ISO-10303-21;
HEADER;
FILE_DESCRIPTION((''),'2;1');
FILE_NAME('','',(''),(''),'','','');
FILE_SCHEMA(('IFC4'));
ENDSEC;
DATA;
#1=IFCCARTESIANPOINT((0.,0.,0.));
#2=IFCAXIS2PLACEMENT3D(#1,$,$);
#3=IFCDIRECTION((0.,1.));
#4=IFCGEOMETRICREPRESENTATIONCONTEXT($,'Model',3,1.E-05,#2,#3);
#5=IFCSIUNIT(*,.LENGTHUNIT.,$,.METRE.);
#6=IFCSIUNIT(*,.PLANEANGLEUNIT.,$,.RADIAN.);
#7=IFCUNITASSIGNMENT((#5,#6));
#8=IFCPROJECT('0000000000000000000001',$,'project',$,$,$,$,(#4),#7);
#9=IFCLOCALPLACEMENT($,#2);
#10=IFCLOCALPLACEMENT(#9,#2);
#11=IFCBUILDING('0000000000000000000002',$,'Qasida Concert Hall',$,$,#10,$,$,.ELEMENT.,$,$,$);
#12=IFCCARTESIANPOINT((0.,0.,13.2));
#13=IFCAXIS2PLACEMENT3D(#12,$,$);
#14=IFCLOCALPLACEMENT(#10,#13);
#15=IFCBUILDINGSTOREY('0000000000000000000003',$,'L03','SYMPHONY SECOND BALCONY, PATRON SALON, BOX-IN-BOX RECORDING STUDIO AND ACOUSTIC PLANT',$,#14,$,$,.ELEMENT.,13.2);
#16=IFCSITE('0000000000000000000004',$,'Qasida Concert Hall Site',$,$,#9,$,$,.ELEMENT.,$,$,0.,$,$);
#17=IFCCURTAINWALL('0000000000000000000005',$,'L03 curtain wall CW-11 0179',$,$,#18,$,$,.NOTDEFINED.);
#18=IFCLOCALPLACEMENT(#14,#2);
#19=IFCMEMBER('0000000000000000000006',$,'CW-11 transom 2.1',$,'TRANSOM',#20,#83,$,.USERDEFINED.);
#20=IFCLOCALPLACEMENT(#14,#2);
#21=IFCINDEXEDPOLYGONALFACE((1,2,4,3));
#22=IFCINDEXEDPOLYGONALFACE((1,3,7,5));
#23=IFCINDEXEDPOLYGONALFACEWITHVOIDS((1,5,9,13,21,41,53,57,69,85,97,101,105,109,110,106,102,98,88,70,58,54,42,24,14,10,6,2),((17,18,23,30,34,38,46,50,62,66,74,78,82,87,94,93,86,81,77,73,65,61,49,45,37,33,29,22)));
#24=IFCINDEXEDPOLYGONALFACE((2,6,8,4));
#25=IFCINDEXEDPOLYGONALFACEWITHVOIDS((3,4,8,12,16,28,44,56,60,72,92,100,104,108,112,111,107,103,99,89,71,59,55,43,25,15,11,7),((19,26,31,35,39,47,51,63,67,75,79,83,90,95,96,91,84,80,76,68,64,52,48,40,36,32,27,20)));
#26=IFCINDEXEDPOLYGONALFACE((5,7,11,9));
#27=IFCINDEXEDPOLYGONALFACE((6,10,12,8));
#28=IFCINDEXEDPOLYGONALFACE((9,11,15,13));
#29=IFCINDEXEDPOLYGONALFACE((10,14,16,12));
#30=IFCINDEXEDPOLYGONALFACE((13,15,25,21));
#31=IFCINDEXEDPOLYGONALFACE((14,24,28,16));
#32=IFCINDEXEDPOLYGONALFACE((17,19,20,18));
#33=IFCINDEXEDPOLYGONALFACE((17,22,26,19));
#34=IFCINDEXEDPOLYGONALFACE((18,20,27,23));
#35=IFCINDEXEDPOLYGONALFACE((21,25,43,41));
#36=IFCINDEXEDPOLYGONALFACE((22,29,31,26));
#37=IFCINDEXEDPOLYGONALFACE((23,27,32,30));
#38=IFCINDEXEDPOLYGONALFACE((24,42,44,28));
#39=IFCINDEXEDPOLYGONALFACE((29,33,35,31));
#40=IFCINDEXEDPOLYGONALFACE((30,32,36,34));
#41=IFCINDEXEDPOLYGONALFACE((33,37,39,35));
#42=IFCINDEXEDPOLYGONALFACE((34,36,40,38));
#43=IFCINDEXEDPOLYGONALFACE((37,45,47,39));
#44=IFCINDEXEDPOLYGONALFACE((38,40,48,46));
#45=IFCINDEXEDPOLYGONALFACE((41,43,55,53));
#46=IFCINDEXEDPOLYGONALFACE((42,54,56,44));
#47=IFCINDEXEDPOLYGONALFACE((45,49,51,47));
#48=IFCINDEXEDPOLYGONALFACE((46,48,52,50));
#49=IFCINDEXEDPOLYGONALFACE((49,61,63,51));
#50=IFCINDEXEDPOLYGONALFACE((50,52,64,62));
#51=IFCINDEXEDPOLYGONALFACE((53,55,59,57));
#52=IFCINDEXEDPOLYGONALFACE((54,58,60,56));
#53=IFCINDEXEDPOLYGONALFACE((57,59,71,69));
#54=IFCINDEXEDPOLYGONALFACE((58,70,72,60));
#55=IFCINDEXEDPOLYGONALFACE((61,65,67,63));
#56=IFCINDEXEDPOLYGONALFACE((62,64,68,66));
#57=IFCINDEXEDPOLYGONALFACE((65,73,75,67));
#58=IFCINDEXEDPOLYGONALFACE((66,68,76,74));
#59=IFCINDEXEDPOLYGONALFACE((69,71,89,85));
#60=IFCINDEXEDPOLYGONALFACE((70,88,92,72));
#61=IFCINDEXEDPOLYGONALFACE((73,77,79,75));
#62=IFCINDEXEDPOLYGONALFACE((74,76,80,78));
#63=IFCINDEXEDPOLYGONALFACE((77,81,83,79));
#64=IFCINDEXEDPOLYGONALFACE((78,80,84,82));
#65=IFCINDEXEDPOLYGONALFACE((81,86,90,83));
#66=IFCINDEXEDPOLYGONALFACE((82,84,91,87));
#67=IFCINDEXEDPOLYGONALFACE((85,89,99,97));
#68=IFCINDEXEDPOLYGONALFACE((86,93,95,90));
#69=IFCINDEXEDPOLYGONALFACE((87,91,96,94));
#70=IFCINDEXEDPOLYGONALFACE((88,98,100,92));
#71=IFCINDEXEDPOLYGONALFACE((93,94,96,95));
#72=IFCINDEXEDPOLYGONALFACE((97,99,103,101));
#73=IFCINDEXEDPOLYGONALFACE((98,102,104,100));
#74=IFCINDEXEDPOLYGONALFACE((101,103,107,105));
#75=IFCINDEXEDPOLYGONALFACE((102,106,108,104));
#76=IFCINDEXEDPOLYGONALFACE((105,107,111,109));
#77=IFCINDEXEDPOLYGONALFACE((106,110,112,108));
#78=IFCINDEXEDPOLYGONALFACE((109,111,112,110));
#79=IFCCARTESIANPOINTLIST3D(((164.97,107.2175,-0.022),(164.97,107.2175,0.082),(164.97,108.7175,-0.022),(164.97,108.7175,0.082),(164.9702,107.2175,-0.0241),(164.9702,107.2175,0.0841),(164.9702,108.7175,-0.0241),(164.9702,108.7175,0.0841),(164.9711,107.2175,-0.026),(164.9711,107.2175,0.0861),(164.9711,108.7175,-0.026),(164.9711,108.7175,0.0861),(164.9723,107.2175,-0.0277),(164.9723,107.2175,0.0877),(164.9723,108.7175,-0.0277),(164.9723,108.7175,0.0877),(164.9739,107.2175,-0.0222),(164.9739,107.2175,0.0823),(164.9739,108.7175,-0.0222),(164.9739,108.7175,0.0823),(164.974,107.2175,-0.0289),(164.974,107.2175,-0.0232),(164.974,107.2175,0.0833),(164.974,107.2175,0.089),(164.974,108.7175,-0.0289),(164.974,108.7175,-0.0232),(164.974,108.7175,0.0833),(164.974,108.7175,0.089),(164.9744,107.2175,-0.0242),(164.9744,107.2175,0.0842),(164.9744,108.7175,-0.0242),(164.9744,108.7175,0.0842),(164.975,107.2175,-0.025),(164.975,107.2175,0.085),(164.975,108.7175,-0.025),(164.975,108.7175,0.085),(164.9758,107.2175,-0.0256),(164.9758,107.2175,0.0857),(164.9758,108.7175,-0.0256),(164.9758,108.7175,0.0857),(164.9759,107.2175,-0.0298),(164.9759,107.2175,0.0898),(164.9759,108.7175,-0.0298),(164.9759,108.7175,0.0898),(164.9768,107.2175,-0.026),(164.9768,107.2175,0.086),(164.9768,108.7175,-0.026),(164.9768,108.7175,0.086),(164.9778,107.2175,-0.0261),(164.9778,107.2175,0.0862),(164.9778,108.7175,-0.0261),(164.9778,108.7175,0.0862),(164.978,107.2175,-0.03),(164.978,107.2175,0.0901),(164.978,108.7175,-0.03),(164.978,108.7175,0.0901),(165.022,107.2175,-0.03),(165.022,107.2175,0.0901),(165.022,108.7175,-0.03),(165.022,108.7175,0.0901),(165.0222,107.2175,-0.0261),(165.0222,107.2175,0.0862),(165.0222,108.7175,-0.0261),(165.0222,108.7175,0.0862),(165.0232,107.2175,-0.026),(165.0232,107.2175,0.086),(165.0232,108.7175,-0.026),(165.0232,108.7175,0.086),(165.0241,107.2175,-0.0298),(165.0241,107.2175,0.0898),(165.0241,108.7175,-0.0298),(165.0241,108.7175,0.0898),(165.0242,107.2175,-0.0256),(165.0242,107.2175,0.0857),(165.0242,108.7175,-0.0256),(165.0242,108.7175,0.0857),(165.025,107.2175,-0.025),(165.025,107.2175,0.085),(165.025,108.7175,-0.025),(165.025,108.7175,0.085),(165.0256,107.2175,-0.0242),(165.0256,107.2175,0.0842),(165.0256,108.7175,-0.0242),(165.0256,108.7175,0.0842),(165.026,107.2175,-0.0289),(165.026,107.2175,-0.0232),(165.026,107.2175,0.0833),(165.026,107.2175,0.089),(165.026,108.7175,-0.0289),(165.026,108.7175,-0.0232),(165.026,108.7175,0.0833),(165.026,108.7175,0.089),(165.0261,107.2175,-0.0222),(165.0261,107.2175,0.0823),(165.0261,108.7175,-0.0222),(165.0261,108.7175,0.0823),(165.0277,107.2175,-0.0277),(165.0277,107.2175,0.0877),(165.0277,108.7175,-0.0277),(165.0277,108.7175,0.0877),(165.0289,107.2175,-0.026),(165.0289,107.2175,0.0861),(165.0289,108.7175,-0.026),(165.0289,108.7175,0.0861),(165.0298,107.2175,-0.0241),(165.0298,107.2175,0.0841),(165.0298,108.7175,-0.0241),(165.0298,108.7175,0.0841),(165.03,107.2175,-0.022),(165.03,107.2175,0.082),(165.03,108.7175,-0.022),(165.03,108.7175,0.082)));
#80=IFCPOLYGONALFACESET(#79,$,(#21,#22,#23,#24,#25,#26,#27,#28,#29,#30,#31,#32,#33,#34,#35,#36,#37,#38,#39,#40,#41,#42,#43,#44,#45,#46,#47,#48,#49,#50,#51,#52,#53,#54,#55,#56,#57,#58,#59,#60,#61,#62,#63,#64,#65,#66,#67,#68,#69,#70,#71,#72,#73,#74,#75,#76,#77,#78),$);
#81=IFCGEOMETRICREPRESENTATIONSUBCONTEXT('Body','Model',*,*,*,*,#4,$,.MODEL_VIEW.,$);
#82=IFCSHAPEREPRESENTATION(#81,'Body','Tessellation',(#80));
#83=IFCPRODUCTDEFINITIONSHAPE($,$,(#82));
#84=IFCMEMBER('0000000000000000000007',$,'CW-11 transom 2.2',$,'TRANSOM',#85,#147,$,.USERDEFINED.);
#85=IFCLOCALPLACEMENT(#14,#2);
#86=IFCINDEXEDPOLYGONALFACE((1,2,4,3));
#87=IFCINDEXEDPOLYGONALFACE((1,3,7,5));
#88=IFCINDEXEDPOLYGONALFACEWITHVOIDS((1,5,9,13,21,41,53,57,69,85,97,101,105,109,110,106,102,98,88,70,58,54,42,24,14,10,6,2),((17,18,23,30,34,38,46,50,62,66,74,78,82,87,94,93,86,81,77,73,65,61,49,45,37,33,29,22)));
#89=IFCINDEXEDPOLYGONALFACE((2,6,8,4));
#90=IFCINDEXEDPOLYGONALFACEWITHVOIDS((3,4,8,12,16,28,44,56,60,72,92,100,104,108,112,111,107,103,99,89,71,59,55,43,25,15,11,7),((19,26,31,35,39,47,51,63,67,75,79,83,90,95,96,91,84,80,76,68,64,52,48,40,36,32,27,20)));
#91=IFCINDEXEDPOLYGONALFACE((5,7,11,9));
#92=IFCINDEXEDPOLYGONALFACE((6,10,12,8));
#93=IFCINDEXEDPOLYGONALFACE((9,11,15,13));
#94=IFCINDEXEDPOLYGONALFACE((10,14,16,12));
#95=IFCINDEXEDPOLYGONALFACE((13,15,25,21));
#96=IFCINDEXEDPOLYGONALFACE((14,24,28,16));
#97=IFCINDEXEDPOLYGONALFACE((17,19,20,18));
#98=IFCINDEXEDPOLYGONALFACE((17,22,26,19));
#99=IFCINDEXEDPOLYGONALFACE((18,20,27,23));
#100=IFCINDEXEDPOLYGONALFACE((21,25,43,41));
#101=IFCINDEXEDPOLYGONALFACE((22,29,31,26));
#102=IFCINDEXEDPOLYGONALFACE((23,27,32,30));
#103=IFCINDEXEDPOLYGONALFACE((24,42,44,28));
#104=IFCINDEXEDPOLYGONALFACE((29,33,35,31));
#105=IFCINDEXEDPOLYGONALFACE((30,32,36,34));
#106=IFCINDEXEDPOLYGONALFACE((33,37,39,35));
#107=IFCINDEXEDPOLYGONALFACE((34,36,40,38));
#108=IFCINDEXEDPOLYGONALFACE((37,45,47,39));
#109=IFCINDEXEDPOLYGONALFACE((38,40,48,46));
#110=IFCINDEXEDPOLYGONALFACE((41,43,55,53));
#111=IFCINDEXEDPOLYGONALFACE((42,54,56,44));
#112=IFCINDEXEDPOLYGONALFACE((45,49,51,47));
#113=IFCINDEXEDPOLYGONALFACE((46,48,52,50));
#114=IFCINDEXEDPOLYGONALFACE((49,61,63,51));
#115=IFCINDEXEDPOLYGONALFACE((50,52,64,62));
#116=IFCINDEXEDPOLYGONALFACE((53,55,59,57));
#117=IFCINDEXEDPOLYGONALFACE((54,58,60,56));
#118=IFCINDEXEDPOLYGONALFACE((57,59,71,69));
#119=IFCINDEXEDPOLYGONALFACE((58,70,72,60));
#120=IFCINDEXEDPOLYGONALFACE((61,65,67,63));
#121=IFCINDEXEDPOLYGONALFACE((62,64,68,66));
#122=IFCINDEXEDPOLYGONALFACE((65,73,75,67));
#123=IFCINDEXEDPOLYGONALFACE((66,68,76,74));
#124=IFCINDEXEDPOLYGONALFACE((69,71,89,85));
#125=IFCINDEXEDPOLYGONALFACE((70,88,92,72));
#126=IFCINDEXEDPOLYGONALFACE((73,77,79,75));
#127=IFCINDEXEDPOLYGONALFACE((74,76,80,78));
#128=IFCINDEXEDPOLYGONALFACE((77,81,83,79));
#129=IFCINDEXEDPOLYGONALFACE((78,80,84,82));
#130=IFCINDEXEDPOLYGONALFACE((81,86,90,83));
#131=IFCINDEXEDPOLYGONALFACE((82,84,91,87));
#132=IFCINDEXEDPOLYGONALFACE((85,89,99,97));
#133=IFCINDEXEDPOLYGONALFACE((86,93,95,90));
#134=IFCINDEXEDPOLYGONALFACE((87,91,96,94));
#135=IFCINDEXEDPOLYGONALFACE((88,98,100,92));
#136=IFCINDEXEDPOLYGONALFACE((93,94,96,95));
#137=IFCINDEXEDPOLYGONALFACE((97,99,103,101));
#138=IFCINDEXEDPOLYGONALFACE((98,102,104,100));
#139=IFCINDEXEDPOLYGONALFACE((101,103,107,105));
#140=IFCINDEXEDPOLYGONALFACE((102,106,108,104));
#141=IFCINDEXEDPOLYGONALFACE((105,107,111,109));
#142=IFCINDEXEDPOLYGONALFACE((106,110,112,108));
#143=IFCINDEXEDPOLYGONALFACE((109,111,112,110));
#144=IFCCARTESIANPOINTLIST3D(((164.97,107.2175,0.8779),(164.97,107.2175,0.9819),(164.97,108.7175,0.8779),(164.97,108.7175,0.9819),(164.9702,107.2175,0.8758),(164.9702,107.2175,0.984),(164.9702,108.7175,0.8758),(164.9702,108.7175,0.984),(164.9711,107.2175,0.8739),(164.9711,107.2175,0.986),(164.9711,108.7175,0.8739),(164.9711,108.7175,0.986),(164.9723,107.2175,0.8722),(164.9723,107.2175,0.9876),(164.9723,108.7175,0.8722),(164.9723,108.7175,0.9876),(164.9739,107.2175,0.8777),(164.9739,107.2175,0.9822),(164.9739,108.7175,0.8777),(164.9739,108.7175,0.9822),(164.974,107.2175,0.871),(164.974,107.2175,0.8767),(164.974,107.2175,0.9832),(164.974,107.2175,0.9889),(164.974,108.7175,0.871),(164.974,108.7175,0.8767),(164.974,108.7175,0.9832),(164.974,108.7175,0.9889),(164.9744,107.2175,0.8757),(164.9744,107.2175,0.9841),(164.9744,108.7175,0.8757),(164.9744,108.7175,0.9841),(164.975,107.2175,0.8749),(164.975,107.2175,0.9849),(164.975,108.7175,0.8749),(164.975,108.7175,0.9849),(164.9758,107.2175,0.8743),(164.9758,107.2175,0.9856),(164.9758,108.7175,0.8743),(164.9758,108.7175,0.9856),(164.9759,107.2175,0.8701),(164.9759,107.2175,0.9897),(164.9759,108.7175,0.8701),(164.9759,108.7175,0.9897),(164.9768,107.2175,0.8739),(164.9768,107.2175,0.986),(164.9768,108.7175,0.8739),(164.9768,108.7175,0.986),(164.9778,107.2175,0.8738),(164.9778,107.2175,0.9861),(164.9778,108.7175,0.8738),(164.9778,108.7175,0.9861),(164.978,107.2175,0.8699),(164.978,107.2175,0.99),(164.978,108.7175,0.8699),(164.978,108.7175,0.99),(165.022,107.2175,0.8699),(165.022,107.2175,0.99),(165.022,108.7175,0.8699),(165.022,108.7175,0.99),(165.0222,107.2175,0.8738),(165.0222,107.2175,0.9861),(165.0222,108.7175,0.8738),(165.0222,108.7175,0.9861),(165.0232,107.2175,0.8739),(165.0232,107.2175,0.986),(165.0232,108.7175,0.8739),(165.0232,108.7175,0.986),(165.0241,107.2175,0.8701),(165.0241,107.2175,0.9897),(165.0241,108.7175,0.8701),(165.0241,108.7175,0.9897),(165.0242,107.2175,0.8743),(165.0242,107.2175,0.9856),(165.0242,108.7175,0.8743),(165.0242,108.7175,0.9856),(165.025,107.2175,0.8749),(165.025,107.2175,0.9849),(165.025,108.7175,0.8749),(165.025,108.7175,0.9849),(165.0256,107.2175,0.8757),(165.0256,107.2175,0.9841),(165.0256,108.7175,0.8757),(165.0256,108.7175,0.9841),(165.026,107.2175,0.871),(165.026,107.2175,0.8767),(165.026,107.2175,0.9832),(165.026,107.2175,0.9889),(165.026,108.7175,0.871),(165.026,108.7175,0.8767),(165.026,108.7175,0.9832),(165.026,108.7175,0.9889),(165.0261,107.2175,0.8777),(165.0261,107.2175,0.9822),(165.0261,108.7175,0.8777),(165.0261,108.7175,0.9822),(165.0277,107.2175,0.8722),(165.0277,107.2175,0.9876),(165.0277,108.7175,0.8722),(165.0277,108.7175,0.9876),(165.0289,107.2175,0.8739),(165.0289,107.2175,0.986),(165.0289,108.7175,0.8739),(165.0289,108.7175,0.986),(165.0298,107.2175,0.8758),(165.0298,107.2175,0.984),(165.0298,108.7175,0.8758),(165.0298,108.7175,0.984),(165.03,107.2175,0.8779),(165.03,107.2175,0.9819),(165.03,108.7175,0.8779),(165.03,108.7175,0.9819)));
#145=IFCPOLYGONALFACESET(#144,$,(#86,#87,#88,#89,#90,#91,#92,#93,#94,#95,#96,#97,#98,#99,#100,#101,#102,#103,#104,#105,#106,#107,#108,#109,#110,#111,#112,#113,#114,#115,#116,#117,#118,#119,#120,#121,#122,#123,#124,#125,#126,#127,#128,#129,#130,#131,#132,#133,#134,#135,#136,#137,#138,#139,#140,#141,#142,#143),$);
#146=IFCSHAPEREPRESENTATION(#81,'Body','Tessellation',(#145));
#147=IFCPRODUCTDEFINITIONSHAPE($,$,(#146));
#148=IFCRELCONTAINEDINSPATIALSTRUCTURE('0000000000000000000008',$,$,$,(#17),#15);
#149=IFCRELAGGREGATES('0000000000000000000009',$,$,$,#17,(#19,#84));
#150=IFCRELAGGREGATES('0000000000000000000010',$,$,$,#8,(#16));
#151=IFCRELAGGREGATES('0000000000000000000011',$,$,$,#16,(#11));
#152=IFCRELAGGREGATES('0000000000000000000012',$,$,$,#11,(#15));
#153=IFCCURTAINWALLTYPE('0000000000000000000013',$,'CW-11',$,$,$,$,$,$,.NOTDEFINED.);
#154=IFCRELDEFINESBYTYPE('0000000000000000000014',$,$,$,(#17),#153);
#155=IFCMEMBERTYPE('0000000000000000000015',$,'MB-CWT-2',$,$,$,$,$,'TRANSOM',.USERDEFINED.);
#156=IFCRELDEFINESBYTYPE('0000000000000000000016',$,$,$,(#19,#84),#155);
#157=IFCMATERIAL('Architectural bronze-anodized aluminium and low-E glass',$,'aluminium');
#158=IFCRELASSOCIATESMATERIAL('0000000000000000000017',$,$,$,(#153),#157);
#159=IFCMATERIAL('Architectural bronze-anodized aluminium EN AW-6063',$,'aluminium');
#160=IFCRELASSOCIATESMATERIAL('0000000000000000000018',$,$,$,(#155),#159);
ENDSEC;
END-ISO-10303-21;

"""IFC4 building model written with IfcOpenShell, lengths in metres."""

from ifc_helpers import new_model, si_unit, direction, frame, origin, origin_2d, place, context, subcontext, project, spatial, hollow_rectangle, extrude, material, material_profile, profile_set, type_object, element, aggregate, save


model = new_model("IFC4")

# Units and contexts
model_context = context("Model", 3, precision=1e-05, world=origin(), true_north=direction((0.0, 1.0)))
body_context = subcontext(model_context, "Body", "Model", "MODEL_VIEW")
ifc_project = project(units=[si_unit("LENGTHUNIT", "METRE"), si_unit("PLANEANGLEUNIT", "RADIAN")], contexts=[model_context])

# Site, building, storey
site_placement = place(None, origin())
site = spatial("IfcSite", under=ifc_project, at=site_placement, Name="Qasida Concert Hall Site", CompositionType="ELEMENT", RefElevation=0.0)
building_placement = place(site_placement, origin())
building = spatial("IfcBuilding", under=site, at=building_placement, Name="Qasida Concert Hall", CompositionType="ELEMENT")
storey_placement = place(building_placement, frame((0.0, 0.0, 13.2)))
storey = spatial("IfcBuildingStorey", under=building, at=storey_placement, Name="L03", Description="SYMPHONY SECOND BALCONY, PATRON SALON, BOX-IN-BOX RECORDING STUDIO AND ACOUSTIC PLANT", CompositionType="ELEMENT", Elevation=13.2)

# Curtain wall, members
ifc_material_1 = material(Name="Architectural bronze-anodized aluminium and low-E glass", Category="aluminium")
curtain_wall_type = type_object("IfcCurtainWallType", Name="CW-11", PredefinedType="NOTDEFINED", material=ifc_material_1)
curtain_wall_placement = place(storey_placement, origin())
curtain_wall = element("IfcCurtainWall", 1, at=curtain_wall_placement, inside=storey, type_object=curtain_wall_type, Name="L03 curtain wall CW-11 0179", PredefinedType="NOTDEFINED")
ifc_material_2 = material(Name="Architectural bronze-anodized aluminium EN AW-6063", Category="aluminium")
ifc_material_profile_1 = material_profile(ifc_material_2, hollow_rectangle(XDim=0.0601, YDim=0.1201, WallThickness=0.0039, InnerFilletRadius=0.0039, OuterFilletRadius=0.0081, at=origin_2d()), Name="CWT 120x60x4")
ifc_profile_set_1 = profile_set([ifc_material_profile_1], Name="Architectural bronze-anodized aluminium EN AW-6063")
member_type_1 = type_object("IfcMemberType", Name="MB-CWT-2", ElementType="TRANSOM", PredefinedType="USERDEFINED", material=ifc_profile_set_1)
member_1_placement = place(storey_placement, frame((165.0, 107.2175, 0.03), z_axis=(0.0, 1.0, 0.0), x_axis=(-1.0, 0.0, 0.0)))
member_1 = element("IfcMember", 2, at=member_1_placement, type_object=member_type_1, Name="CW-11 transom 2.1", ObjectType="TRANSOM", PredefinedType="USERDEFINED", context=body_context, shape_type="SweptSolid", body=[
    extrude(hollow_rectangle(XDim=0.0601, YDim=0.1201, WallThickness=0.0039, InnerFilletRadius=0.0039, OuterFilletRadius=0.0081, at=origin_2d()), origin(), (0.0, 0.0, 1.0), 1.5),
])
member_2_placement = place(storey_placement, frame((165.0, 107.2175, 0.9299), z_axis=(0.0, 1.0, 0.0), x_axis=(-1.0, 0.0, 0.0)))
member_2 = element("IfcMember", 3, at=member_2_placement, type_object=member_type_1, Name="CW-11 transom 2.2", ObjectType="TRANSOM", PredefinedType="USERDEFINED", context=body_context, shape_type="SweptSolid", body=[
    extrude(hollow_rectangle(XDim=0.0601, YDim=0.1201, WallThickness=0.0039, InnerFilletRadius=0.0039, OuterFilletRadius=0.0081, at=origin_2d()), origin(), (0.0, 0.0, 1.0), 1.5),
])
aggregate(curtain_wall, [member_1, member_2])

save(model, "model.ifc")
